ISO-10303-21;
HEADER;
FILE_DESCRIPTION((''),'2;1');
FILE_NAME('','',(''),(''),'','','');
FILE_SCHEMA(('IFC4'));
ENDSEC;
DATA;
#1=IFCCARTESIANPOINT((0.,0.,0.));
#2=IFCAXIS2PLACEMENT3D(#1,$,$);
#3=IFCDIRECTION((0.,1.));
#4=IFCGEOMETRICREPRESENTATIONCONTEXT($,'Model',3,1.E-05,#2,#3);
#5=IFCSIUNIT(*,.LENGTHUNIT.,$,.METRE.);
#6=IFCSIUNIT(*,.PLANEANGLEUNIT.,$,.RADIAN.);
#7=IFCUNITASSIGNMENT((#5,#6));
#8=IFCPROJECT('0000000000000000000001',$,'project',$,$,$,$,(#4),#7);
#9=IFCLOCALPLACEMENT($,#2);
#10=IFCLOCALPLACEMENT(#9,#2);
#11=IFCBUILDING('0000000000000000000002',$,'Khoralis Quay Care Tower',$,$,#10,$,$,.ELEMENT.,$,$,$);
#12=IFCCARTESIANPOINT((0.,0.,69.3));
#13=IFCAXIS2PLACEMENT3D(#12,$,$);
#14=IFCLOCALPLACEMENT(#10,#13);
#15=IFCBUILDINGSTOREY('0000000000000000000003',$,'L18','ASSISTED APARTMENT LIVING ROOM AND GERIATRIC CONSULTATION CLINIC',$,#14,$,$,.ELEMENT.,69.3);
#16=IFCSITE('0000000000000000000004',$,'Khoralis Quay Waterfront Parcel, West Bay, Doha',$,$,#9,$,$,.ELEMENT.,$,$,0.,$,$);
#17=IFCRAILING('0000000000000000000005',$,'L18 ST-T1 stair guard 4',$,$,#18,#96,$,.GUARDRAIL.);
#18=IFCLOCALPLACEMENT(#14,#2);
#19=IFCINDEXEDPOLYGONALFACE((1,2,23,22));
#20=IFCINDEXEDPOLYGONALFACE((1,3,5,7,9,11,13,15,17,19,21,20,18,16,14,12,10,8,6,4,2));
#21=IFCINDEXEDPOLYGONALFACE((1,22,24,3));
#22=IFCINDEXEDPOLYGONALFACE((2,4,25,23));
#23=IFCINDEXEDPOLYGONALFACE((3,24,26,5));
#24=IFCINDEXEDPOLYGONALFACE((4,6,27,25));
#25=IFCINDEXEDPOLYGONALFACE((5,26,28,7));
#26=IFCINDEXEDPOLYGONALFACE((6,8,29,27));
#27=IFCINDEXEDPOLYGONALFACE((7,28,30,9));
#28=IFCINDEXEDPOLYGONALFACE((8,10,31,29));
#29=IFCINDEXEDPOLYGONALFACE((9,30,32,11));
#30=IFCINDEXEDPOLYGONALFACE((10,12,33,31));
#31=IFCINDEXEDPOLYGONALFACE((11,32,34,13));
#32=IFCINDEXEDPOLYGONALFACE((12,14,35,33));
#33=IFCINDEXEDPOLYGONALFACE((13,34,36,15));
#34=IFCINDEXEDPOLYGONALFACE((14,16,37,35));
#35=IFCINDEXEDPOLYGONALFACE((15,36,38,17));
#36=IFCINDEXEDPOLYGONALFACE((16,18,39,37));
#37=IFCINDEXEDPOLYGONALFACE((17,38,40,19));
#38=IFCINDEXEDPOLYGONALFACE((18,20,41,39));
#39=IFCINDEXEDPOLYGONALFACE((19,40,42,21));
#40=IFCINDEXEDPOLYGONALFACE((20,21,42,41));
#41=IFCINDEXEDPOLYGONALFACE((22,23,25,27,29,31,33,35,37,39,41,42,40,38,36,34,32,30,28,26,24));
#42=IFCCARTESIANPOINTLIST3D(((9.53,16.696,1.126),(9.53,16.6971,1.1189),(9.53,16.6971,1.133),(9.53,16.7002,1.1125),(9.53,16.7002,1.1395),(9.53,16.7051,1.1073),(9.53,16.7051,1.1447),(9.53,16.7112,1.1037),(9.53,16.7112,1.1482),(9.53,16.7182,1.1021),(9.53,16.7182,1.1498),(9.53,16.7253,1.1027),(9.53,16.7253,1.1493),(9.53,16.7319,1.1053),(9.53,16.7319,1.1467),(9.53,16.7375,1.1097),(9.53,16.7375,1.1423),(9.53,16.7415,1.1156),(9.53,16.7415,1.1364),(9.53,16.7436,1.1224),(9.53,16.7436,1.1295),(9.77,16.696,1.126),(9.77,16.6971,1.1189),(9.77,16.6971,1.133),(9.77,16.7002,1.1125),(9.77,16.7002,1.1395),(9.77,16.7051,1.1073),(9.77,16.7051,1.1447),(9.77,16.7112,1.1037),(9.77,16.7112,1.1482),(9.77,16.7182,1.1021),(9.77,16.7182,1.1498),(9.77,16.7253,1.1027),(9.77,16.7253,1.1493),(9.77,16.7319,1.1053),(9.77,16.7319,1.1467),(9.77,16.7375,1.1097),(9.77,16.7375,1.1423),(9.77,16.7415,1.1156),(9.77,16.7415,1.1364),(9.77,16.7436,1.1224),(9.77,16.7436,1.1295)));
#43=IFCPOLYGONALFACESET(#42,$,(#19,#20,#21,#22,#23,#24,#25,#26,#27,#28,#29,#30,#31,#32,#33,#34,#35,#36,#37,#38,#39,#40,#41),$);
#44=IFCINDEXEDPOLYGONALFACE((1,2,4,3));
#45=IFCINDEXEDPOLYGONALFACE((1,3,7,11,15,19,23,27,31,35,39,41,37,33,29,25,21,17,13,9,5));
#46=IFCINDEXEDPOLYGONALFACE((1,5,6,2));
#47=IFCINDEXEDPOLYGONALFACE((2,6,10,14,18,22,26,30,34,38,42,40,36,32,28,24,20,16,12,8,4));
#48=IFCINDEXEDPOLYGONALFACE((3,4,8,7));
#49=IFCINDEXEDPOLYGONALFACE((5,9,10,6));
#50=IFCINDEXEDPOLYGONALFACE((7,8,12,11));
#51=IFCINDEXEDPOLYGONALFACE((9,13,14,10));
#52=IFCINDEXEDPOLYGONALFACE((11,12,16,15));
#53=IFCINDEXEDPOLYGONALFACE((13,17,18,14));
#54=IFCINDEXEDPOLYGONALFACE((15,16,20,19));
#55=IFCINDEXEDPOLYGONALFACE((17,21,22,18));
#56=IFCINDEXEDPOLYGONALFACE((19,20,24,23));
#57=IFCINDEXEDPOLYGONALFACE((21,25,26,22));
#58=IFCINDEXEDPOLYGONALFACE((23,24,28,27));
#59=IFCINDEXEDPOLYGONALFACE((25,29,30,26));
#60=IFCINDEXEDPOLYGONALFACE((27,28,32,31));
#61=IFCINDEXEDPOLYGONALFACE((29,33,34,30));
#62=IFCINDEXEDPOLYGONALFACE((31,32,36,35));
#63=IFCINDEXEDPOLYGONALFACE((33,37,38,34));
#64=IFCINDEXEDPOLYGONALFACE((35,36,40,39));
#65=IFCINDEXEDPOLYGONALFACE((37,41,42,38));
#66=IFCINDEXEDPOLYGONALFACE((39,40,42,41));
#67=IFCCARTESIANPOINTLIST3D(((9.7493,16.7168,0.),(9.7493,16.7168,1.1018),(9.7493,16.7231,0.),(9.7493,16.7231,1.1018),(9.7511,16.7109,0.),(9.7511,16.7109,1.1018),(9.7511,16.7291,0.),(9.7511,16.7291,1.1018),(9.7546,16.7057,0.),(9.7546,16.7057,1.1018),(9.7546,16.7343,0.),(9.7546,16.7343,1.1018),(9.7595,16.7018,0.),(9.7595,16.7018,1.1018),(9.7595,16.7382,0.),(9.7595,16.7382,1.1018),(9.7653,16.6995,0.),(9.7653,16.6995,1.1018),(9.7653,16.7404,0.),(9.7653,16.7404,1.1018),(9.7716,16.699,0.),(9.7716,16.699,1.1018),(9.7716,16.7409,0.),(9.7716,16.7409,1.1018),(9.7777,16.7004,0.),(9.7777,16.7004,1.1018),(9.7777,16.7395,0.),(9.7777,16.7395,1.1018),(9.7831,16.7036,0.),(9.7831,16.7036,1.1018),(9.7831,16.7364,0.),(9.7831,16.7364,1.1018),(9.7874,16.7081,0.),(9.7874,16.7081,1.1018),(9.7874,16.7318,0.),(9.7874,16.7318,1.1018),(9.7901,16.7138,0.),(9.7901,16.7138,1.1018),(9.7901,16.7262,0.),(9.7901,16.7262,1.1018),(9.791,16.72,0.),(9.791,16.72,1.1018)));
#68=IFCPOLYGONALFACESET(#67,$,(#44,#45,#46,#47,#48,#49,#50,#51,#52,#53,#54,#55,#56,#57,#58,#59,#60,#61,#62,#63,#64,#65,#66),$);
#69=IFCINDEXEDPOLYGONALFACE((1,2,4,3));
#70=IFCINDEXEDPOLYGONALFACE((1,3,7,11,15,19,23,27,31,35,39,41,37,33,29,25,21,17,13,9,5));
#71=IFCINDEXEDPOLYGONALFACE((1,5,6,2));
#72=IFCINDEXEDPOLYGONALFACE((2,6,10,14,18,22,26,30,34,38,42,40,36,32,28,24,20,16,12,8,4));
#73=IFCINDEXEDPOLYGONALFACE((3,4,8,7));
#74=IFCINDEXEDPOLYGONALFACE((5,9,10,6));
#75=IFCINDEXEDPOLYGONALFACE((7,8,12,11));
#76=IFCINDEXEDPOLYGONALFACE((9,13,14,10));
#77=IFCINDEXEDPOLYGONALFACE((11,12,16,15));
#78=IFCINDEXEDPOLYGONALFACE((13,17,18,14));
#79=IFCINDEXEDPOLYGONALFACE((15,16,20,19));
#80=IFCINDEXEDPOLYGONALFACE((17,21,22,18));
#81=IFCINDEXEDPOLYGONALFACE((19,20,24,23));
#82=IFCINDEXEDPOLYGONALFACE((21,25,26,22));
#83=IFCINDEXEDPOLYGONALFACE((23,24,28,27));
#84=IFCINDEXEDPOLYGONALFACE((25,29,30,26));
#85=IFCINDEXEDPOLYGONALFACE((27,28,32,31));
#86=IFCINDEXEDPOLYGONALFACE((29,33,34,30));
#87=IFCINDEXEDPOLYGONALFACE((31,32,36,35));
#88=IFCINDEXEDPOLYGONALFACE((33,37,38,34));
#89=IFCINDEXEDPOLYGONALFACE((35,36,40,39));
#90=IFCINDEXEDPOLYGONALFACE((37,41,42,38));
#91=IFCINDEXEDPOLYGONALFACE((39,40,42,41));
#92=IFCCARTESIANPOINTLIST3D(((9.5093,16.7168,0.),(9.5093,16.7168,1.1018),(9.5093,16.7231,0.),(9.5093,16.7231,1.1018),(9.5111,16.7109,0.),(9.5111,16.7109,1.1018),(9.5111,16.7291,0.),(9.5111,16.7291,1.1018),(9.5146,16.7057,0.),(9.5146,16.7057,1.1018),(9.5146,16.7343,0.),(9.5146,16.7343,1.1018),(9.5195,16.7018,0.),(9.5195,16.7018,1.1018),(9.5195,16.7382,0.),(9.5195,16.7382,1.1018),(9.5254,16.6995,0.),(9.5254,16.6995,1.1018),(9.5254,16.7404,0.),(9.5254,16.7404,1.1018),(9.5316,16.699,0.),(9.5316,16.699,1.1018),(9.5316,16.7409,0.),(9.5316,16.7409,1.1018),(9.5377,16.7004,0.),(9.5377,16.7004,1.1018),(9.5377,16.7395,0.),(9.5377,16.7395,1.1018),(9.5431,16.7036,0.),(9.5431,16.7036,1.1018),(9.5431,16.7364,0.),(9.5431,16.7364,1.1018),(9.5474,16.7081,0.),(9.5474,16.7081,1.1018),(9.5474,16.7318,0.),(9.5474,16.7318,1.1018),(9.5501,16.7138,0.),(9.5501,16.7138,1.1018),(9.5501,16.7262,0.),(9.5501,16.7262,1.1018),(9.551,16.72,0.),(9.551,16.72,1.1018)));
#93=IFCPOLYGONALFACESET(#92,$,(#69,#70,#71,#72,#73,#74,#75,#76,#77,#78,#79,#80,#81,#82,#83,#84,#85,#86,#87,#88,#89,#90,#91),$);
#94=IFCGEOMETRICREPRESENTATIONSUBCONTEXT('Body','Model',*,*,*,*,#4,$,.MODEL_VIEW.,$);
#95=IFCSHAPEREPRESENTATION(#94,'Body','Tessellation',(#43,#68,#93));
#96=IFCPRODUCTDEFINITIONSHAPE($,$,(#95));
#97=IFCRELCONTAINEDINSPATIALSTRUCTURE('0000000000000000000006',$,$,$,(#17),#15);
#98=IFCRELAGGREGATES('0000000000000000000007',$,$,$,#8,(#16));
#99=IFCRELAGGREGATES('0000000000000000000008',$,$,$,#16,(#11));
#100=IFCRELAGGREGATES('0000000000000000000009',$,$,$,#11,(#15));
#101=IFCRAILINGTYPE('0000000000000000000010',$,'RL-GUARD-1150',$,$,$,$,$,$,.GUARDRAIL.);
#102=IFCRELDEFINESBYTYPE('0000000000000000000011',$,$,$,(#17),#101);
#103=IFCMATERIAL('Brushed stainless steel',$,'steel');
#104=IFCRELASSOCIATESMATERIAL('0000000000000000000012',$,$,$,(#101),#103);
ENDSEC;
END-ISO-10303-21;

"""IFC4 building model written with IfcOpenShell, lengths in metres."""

from ifc_helpers import new_model, si_unit, direction, frame, origin, origin_2d, place, context, subcontext, project, spatial, circle, extrude, material, type_object, element, save


model = new_model("IFC4")

# Units and contexts
model_context = context("Model", 3, precision=1e-05, world=origin(), true_north=direction((0.0, 1.0)))
body_context = subcontext(model_context, "Body", "Model", "MODEL_VIEW")
ifc_project = project(units=[si_unit("LENGTHUNIT", "METRE"), si_unit("PLANEANGLEUNIT", "RADIAN")], contexts=[model_context])

# Site, building, storey
site_placement = place(None, origin())
site = spatial("IfcSite", under=ifc_project, at=site_placement, Name="Khoralis Quay Waterfront Parcel, West Bay, Doha", CompositionType="ELEMENT", RefElevation=0.0)
building_placement = place(site_placement, origin())
building = spatial("IfcBuilding", under=site, at=building_placement, Name="Khoralis Quay Care Tower", CompositionType="ELEMENT")
storey_placement = place(building_placement, frame((0.0, 0.0, 69.3)))
storey = spatial("IfcBuildingStorey", under=building, at=storey_placement, Name="L18", Description="ASSISTED APARTMENT LIVING ROOM AND GERIATRIC CONSULTATION CLINIC", CompositionType="ELEMENT", Elevation=69.3)

# Railing
ifc_material_1 = material(Name="Brushed stainless steel", Category="steel")
railing_type_1 = type_object("IfcRailingType", Name="RL-GUARD-1150", PredefinedType="GUARDRAIL", material=ifc_material_1)
railing_1_placement = place(storey_placement, frame((9.77, 16.72, 0.0)))
element("IfcRailing", 1, at=railing_1_placement, inside=storey, type_object=railing_type_1, Name="L18 ST-T1 stair guard 4", PredefinedType="GUARDRAIL", context=body_context, shape_type="SweptSolid", body=[
    extrude(circle(Radius=0.0239, at=origin_2d()), frame((0.0, 0.0, 1.126), z_axis=(-1.0, 0.0, 0.0), x_axis=(0.0, -1.0, 0.0)), (0.0, 0.0, 1.0), 0.24),
    extrude(circle(Radius=0.021, at=origin_2d()), origin(), (0.0, 0.0, 1.0), 1.1018),
    extrude(circle(Radius=0.021, at=origin_2d()), frame((-0.24, 0.0, 0.0)), (0.0, 0.0, 1.0), 1.1018),
])

save(model, "model.ifc")
